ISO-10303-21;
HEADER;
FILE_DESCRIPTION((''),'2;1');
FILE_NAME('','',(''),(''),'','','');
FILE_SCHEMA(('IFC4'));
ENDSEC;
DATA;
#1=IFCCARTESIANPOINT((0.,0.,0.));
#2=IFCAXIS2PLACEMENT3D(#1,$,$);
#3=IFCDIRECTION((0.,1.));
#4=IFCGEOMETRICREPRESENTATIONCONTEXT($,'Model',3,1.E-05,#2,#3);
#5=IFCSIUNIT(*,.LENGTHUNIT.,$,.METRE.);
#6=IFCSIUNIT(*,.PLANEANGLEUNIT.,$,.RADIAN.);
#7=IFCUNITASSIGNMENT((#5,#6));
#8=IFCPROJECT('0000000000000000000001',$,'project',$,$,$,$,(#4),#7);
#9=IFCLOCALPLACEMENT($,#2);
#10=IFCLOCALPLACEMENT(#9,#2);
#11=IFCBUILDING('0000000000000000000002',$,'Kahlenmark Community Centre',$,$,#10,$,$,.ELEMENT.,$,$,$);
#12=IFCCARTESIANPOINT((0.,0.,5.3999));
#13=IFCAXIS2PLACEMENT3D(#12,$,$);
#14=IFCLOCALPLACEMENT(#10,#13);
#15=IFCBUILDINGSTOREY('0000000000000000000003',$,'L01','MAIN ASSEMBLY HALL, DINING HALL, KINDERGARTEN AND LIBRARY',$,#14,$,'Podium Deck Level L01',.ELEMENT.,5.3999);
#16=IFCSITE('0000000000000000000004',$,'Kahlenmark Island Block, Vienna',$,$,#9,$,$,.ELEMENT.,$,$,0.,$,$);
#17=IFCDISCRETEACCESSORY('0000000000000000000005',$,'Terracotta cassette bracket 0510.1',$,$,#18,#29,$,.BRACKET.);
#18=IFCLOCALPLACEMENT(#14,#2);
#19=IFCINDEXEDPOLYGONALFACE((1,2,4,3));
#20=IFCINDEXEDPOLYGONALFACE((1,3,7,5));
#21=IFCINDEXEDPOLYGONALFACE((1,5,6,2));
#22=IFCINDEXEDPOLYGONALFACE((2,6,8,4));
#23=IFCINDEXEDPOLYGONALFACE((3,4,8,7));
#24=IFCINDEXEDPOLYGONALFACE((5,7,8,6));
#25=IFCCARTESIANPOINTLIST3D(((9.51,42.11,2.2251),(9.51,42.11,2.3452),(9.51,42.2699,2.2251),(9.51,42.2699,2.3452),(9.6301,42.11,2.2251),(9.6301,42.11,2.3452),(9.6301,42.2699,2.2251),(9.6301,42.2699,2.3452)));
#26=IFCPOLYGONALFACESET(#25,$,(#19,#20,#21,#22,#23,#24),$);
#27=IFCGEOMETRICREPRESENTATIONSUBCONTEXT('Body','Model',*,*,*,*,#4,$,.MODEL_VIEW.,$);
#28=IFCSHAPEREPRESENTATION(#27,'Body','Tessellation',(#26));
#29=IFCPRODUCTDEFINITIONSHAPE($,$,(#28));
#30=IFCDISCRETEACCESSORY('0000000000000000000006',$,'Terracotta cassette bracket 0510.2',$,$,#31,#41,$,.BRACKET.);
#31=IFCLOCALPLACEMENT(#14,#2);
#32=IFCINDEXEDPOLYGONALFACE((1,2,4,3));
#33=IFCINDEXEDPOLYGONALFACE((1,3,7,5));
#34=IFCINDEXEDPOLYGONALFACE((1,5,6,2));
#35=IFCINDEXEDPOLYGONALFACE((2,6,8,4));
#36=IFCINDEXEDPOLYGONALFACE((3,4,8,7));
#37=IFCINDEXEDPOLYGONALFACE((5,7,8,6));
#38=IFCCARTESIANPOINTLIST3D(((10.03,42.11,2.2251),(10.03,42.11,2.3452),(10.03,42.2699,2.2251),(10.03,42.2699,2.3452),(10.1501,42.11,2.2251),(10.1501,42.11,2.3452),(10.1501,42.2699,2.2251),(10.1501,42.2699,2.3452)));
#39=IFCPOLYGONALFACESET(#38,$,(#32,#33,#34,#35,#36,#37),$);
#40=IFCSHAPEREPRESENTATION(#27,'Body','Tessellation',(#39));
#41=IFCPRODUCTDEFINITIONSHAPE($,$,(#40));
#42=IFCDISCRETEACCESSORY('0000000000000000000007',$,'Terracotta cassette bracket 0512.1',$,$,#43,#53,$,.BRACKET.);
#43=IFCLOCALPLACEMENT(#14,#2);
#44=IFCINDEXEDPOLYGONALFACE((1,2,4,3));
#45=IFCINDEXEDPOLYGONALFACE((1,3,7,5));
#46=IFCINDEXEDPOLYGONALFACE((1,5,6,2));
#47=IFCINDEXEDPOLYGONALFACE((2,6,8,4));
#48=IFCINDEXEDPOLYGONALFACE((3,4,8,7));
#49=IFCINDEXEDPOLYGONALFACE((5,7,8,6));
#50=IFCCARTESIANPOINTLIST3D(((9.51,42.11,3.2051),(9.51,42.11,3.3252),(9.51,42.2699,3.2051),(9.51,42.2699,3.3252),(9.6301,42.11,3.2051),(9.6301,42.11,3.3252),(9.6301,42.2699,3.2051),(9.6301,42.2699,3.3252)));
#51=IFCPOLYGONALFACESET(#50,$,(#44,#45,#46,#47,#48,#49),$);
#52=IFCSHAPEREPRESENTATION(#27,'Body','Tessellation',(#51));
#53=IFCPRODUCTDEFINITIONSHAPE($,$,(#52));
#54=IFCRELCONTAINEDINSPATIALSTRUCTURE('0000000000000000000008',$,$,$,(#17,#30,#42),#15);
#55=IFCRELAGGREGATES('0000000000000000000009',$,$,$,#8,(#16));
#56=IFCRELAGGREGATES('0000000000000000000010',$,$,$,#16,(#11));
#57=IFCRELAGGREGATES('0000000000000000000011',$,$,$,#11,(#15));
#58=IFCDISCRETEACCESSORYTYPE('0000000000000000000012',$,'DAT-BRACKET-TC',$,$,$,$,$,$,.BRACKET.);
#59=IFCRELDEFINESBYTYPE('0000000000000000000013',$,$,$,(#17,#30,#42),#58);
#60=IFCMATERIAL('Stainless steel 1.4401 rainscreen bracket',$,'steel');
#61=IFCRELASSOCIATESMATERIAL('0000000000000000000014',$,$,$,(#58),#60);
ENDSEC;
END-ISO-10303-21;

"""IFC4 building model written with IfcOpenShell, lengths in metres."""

from ifc_helpers import new_model, si_unit, direction, frame, origin, origin_2d, place, context, subcontext, project, spatial, rectangle, extrude, material, type_object, element, save


model = new_model("IFC4")

# Units and contexts
model_context = context("Model", 3, precision=1e-05, world=origin(), true_north=direction((0.0, 1.0)))
body_context = subcontext(model_context, "Body", "Model", "MODEL_VIEW")
ifc_project = project(units=[si_unit("LENGTHUNIT", "METRE"), si_unit("PLANEANGLEUNIT", "RADIAN")], contexts=[model_context])

# Site, building, storey
site_placement = place(None, origin())
site = spatial("IfcSite", under=ifc_project, at=site_placement, Name="Kahlenmark Island Block, Vienna", CompositionType="ELEMENT", RefElevation=0.0)
building_placement = place(site_placement, origin())
building = spatial("IfcBuilding", under=site, at=building_placement, Name="Kahlenmark Community Centre", CompositionType="ELEMENT")
storey_placement = place(building_placement, frame((0.0, 0.0, 5.3999)))
storey = spatial("IfcBuildingStorey", under=building, at=storey_placement, Name="L01", Description="MAIN ASSEMBLY HALL, DINING HALL, KINDERGARTEN AND LIBRARY", LongName="Podium Deck Level L01", CompositionType="ELEMENT", Elevation=5.3999)

# Discrete accessories
ifc_material_1 = material(Name="Stainless steel 1.4401 rainscreen bracket", Category="steel")
discrete_accessory_type = type_object("IfcDiscreteAccessoryType", Name="DAT-BRACKET-TC", PredefinedType="BRACKET", material=ifc_material_1)
for number, where, z_axis, x_axis, name in (
    (1, (9.5701, 42.1899, 2.2251), (0.0, 0.0, 1.0), (1.0, 0.0, 0.0), "Terracotta cassette bracket 0510.1"),
    (2, (10.0901, 42.1899, 2.2251), (0.0, 0.0, 1.0), (1.0, 0.0, 0.0), "Terracotta cassette bracket 0510.2"),
    (3, (9.5701, 42.1899, 3.2051), (0.0, 0.0, 1.0), (1.0, 0.0, 0.0), "Terracotta cassette bracket 0512.1"),
):
    element("IfcDiscreteAccessory", number, at=place(storey_placement, frame(where, z_axis=z_axis, x_axis=x_axis)), inside=storey, type_object=discrete_accessory_type, Name=name, PredefinedType="BRACKET", context=body_context, shape_type="SweptSolid", body=[
        extrude(rectangle(XDim=0.1201, YDim=0.1599, at=origin_2d()), origin(), (0.0, 0.0, 1.0), 0.1201),
    ])

save(model, "model.ifc")
